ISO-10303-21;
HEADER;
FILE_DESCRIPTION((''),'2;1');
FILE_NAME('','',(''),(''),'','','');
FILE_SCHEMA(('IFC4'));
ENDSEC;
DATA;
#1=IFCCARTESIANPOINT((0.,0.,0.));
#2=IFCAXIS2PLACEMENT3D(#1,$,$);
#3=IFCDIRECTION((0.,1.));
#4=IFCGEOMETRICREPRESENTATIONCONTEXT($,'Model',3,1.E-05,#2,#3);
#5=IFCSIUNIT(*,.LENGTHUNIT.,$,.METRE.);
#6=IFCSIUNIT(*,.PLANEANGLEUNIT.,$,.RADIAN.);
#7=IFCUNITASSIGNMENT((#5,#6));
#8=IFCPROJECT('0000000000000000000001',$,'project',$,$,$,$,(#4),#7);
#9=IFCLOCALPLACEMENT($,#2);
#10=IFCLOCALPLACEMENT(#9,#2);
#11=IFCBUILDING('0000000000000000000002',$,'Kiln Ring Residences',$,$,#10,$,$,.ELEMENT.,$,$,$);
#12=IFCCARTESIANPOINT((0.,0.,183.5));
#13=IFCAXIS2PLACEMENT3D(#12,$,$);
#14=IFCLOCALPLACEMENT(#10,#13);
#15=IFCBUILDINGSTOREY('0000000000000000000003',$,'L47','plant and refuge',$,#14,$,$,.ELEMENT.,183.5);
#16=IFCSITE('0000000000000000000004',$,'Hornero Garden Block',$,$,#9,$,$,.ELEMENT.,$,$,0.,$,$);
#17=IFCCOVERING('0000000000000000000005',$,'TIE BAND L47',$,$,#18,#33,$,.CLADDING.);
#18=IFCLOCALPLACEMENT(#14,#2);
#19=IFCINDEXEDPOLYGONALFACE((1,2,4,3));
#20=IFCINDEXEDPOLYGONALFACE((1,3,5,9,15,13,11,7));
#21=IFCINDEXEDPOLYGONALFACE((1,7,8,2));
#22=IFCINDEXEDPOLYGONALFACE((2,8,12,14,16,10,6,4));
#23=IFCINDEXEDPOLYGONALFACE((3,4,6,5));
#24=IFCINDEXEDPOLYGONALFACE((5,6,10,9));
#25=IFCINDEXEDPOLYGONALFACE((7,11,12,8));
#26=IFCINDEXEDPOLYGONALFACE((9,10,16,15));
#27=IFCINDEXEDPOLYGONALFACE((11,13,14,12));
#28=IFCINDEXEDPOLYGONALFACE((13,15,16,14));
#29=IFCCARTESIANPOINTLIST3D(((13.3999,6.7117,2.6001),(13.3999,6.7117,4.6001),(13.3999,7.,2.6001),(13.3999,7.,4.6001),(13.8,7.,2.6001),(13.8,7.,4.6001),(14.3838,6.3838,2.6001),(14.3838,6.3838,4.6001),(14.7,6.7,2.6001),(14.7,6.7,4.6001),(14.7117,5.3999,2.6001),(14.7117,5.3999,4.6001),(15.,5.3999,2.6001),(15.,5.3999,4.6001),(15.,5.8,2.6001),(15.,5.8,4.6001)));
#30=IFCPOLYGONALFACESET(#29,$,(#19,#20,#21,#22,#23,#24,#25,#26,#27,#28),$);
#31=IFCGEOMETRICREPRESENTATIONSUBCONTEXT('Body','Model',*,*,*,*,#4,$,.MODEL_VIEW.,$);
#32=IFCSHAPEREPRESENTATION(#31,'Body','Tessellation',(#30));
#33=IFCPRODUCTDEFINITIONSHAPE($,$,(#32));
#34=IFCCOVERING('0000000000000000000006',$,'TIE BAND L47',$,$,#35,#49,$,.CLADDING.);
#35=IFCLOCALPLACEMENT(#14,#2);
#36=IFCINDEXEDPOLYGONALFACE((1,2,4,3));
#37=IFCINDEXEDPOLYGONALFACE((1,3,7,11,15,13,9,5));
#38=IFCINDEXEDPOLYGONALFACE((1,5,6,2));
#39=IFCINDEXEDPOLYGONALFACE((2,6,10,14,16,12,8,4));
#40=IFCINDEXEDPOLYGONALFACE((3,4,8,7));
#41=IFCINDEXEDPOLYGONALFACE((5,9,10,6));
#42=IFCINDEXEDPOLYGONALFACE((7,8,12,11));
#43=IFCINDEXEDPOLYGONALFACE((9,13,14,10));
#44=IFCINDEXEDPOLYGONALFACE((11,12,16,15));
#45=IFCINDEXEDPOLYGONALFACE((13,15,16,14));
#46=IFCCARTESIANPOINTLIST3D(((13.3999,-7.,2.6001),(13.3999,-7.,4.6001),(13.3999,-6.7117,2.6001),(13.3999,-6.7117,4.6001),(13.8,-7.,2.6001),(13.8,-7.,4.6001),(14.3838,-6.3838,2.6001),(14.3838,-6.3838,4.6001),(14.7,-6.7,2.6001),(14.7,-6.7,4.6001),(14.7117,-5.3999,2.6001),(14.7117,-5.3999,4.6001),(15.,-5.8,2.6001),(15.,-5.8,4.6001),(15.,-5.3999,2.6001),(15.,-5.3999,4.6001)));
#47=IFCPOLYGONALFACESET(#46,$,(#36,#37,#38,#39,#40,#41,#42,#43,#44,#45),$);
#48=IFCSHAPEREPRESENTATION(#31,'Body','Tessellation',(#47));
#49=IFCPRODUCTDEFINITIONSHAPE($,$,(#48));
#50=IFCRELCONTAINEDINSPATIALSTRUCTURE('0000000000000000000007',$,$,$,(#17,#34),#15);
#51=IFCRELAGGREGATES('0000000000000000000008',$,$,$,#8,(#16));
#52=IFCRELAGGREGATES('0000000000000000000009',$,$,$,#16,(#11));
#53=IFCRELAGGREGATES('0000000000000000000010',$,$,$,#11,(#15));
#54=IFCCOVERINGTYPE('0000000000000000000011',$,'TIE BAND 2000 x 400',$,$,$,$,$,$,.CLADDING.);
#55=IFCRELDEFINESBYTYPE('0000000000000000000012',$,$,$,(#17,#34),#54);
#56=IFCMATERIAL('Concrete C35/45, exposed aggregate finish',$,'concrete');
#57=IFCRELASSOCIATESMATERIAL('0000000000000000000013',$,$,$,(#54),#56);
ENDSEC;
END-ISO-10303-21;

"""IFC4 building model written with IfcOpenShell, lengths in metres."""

from ifc_helpers import new_model, si_unit, direction, frame, origin, place, context, subcontext, project, spatial, polyline, outline, extrude, material, type_object, element, save


model = new_model("IFC4")

# Units and contexts
model_context = context("Model", 3, precision=1e-05, world=origin(), true_north=direction((0.0, 1.0)))
body_context = subcontext(model_context, "Body", "Model", "MODEL_VIEW")
ifc_project = project(units=[si_unit("LENGTHUNIT", "METRE"), si_unit("PLANEANGLEUNIT", "RADIAN")], contexts=[model_context])

# Site, building, storey
site_placement = place(None, origin())
site = spatial("IfcSite", under=ifc_project, at=site_placement, Name="Hornero Garden Block", CompositionType="ELEMENT", RefElevation=0.0)
building_placement = place(site_placement, origin())
building = spatial("IfcBuilding", under=site, at=building_placement, Name="Kiln Ring Residences", CompositionType="ELEMENT")
storey_placement = place(building_placement, frame((0.0, 0.0, 183.5)))
storey = spatial("IfcBuildingStorey", under=building, at=storey_placement, Name="L47", Description="plant and refuge", CompositionType="ELEMENT", Elevation=183.5)

# Coverings
ifc_material_1 = material(Name="Concrete C35/45, exposed aggregate finish", Category="concrete")
covering_type_1 = type_object("IfcCoveringType", Name="TIE BAND 2000 x 400", PredefinedType="CLADDING", material=ifc_material_1)
placement_1 = place(storey_placement, frame((0.0, 0.0, 2.6001)))
element("IfcCovering", 1, at=placement_1, inside=storey, type_object=covering_type_1, Name="TIE BAND L47", PredefinedType="CLADDING", context=body_context, shape_type="SweptSolid", body=[
    extrude(outline(polyline([(13.8, 7.0), (13.3999, 7.0), (13.3999, 6.7117), (14.3838, 6.3838), (14.7117, 5.3999), (15.0, 5.3999), (15.0, 5.8), (14.7, 6.7), (13.8, 7.0)])), origin(), (0.0, 0.0, 1.0), 2.0),
])
element("IfcCovering", 2, at=placement_1, inside=storey, type_object=covering_type_1, Name="TIE BAND L47", PredefinedType="CLADDING", context=body_context, shape_type="SweptSolid", body=[
    extrude(outline(polyline([(15.0, -5.8), (15.0, -5.3999), (14.7117, -5.3999), (14.3838, -6.3838), (13.3999, -6.7117), (13.3999, -7.0), (13.8, -7.0), (14.7, -6.7), (15.0, -5.8)])), origin(), (0.0, 0.0, 1.0), 2.0),
])

save(model, "model.ifc")
